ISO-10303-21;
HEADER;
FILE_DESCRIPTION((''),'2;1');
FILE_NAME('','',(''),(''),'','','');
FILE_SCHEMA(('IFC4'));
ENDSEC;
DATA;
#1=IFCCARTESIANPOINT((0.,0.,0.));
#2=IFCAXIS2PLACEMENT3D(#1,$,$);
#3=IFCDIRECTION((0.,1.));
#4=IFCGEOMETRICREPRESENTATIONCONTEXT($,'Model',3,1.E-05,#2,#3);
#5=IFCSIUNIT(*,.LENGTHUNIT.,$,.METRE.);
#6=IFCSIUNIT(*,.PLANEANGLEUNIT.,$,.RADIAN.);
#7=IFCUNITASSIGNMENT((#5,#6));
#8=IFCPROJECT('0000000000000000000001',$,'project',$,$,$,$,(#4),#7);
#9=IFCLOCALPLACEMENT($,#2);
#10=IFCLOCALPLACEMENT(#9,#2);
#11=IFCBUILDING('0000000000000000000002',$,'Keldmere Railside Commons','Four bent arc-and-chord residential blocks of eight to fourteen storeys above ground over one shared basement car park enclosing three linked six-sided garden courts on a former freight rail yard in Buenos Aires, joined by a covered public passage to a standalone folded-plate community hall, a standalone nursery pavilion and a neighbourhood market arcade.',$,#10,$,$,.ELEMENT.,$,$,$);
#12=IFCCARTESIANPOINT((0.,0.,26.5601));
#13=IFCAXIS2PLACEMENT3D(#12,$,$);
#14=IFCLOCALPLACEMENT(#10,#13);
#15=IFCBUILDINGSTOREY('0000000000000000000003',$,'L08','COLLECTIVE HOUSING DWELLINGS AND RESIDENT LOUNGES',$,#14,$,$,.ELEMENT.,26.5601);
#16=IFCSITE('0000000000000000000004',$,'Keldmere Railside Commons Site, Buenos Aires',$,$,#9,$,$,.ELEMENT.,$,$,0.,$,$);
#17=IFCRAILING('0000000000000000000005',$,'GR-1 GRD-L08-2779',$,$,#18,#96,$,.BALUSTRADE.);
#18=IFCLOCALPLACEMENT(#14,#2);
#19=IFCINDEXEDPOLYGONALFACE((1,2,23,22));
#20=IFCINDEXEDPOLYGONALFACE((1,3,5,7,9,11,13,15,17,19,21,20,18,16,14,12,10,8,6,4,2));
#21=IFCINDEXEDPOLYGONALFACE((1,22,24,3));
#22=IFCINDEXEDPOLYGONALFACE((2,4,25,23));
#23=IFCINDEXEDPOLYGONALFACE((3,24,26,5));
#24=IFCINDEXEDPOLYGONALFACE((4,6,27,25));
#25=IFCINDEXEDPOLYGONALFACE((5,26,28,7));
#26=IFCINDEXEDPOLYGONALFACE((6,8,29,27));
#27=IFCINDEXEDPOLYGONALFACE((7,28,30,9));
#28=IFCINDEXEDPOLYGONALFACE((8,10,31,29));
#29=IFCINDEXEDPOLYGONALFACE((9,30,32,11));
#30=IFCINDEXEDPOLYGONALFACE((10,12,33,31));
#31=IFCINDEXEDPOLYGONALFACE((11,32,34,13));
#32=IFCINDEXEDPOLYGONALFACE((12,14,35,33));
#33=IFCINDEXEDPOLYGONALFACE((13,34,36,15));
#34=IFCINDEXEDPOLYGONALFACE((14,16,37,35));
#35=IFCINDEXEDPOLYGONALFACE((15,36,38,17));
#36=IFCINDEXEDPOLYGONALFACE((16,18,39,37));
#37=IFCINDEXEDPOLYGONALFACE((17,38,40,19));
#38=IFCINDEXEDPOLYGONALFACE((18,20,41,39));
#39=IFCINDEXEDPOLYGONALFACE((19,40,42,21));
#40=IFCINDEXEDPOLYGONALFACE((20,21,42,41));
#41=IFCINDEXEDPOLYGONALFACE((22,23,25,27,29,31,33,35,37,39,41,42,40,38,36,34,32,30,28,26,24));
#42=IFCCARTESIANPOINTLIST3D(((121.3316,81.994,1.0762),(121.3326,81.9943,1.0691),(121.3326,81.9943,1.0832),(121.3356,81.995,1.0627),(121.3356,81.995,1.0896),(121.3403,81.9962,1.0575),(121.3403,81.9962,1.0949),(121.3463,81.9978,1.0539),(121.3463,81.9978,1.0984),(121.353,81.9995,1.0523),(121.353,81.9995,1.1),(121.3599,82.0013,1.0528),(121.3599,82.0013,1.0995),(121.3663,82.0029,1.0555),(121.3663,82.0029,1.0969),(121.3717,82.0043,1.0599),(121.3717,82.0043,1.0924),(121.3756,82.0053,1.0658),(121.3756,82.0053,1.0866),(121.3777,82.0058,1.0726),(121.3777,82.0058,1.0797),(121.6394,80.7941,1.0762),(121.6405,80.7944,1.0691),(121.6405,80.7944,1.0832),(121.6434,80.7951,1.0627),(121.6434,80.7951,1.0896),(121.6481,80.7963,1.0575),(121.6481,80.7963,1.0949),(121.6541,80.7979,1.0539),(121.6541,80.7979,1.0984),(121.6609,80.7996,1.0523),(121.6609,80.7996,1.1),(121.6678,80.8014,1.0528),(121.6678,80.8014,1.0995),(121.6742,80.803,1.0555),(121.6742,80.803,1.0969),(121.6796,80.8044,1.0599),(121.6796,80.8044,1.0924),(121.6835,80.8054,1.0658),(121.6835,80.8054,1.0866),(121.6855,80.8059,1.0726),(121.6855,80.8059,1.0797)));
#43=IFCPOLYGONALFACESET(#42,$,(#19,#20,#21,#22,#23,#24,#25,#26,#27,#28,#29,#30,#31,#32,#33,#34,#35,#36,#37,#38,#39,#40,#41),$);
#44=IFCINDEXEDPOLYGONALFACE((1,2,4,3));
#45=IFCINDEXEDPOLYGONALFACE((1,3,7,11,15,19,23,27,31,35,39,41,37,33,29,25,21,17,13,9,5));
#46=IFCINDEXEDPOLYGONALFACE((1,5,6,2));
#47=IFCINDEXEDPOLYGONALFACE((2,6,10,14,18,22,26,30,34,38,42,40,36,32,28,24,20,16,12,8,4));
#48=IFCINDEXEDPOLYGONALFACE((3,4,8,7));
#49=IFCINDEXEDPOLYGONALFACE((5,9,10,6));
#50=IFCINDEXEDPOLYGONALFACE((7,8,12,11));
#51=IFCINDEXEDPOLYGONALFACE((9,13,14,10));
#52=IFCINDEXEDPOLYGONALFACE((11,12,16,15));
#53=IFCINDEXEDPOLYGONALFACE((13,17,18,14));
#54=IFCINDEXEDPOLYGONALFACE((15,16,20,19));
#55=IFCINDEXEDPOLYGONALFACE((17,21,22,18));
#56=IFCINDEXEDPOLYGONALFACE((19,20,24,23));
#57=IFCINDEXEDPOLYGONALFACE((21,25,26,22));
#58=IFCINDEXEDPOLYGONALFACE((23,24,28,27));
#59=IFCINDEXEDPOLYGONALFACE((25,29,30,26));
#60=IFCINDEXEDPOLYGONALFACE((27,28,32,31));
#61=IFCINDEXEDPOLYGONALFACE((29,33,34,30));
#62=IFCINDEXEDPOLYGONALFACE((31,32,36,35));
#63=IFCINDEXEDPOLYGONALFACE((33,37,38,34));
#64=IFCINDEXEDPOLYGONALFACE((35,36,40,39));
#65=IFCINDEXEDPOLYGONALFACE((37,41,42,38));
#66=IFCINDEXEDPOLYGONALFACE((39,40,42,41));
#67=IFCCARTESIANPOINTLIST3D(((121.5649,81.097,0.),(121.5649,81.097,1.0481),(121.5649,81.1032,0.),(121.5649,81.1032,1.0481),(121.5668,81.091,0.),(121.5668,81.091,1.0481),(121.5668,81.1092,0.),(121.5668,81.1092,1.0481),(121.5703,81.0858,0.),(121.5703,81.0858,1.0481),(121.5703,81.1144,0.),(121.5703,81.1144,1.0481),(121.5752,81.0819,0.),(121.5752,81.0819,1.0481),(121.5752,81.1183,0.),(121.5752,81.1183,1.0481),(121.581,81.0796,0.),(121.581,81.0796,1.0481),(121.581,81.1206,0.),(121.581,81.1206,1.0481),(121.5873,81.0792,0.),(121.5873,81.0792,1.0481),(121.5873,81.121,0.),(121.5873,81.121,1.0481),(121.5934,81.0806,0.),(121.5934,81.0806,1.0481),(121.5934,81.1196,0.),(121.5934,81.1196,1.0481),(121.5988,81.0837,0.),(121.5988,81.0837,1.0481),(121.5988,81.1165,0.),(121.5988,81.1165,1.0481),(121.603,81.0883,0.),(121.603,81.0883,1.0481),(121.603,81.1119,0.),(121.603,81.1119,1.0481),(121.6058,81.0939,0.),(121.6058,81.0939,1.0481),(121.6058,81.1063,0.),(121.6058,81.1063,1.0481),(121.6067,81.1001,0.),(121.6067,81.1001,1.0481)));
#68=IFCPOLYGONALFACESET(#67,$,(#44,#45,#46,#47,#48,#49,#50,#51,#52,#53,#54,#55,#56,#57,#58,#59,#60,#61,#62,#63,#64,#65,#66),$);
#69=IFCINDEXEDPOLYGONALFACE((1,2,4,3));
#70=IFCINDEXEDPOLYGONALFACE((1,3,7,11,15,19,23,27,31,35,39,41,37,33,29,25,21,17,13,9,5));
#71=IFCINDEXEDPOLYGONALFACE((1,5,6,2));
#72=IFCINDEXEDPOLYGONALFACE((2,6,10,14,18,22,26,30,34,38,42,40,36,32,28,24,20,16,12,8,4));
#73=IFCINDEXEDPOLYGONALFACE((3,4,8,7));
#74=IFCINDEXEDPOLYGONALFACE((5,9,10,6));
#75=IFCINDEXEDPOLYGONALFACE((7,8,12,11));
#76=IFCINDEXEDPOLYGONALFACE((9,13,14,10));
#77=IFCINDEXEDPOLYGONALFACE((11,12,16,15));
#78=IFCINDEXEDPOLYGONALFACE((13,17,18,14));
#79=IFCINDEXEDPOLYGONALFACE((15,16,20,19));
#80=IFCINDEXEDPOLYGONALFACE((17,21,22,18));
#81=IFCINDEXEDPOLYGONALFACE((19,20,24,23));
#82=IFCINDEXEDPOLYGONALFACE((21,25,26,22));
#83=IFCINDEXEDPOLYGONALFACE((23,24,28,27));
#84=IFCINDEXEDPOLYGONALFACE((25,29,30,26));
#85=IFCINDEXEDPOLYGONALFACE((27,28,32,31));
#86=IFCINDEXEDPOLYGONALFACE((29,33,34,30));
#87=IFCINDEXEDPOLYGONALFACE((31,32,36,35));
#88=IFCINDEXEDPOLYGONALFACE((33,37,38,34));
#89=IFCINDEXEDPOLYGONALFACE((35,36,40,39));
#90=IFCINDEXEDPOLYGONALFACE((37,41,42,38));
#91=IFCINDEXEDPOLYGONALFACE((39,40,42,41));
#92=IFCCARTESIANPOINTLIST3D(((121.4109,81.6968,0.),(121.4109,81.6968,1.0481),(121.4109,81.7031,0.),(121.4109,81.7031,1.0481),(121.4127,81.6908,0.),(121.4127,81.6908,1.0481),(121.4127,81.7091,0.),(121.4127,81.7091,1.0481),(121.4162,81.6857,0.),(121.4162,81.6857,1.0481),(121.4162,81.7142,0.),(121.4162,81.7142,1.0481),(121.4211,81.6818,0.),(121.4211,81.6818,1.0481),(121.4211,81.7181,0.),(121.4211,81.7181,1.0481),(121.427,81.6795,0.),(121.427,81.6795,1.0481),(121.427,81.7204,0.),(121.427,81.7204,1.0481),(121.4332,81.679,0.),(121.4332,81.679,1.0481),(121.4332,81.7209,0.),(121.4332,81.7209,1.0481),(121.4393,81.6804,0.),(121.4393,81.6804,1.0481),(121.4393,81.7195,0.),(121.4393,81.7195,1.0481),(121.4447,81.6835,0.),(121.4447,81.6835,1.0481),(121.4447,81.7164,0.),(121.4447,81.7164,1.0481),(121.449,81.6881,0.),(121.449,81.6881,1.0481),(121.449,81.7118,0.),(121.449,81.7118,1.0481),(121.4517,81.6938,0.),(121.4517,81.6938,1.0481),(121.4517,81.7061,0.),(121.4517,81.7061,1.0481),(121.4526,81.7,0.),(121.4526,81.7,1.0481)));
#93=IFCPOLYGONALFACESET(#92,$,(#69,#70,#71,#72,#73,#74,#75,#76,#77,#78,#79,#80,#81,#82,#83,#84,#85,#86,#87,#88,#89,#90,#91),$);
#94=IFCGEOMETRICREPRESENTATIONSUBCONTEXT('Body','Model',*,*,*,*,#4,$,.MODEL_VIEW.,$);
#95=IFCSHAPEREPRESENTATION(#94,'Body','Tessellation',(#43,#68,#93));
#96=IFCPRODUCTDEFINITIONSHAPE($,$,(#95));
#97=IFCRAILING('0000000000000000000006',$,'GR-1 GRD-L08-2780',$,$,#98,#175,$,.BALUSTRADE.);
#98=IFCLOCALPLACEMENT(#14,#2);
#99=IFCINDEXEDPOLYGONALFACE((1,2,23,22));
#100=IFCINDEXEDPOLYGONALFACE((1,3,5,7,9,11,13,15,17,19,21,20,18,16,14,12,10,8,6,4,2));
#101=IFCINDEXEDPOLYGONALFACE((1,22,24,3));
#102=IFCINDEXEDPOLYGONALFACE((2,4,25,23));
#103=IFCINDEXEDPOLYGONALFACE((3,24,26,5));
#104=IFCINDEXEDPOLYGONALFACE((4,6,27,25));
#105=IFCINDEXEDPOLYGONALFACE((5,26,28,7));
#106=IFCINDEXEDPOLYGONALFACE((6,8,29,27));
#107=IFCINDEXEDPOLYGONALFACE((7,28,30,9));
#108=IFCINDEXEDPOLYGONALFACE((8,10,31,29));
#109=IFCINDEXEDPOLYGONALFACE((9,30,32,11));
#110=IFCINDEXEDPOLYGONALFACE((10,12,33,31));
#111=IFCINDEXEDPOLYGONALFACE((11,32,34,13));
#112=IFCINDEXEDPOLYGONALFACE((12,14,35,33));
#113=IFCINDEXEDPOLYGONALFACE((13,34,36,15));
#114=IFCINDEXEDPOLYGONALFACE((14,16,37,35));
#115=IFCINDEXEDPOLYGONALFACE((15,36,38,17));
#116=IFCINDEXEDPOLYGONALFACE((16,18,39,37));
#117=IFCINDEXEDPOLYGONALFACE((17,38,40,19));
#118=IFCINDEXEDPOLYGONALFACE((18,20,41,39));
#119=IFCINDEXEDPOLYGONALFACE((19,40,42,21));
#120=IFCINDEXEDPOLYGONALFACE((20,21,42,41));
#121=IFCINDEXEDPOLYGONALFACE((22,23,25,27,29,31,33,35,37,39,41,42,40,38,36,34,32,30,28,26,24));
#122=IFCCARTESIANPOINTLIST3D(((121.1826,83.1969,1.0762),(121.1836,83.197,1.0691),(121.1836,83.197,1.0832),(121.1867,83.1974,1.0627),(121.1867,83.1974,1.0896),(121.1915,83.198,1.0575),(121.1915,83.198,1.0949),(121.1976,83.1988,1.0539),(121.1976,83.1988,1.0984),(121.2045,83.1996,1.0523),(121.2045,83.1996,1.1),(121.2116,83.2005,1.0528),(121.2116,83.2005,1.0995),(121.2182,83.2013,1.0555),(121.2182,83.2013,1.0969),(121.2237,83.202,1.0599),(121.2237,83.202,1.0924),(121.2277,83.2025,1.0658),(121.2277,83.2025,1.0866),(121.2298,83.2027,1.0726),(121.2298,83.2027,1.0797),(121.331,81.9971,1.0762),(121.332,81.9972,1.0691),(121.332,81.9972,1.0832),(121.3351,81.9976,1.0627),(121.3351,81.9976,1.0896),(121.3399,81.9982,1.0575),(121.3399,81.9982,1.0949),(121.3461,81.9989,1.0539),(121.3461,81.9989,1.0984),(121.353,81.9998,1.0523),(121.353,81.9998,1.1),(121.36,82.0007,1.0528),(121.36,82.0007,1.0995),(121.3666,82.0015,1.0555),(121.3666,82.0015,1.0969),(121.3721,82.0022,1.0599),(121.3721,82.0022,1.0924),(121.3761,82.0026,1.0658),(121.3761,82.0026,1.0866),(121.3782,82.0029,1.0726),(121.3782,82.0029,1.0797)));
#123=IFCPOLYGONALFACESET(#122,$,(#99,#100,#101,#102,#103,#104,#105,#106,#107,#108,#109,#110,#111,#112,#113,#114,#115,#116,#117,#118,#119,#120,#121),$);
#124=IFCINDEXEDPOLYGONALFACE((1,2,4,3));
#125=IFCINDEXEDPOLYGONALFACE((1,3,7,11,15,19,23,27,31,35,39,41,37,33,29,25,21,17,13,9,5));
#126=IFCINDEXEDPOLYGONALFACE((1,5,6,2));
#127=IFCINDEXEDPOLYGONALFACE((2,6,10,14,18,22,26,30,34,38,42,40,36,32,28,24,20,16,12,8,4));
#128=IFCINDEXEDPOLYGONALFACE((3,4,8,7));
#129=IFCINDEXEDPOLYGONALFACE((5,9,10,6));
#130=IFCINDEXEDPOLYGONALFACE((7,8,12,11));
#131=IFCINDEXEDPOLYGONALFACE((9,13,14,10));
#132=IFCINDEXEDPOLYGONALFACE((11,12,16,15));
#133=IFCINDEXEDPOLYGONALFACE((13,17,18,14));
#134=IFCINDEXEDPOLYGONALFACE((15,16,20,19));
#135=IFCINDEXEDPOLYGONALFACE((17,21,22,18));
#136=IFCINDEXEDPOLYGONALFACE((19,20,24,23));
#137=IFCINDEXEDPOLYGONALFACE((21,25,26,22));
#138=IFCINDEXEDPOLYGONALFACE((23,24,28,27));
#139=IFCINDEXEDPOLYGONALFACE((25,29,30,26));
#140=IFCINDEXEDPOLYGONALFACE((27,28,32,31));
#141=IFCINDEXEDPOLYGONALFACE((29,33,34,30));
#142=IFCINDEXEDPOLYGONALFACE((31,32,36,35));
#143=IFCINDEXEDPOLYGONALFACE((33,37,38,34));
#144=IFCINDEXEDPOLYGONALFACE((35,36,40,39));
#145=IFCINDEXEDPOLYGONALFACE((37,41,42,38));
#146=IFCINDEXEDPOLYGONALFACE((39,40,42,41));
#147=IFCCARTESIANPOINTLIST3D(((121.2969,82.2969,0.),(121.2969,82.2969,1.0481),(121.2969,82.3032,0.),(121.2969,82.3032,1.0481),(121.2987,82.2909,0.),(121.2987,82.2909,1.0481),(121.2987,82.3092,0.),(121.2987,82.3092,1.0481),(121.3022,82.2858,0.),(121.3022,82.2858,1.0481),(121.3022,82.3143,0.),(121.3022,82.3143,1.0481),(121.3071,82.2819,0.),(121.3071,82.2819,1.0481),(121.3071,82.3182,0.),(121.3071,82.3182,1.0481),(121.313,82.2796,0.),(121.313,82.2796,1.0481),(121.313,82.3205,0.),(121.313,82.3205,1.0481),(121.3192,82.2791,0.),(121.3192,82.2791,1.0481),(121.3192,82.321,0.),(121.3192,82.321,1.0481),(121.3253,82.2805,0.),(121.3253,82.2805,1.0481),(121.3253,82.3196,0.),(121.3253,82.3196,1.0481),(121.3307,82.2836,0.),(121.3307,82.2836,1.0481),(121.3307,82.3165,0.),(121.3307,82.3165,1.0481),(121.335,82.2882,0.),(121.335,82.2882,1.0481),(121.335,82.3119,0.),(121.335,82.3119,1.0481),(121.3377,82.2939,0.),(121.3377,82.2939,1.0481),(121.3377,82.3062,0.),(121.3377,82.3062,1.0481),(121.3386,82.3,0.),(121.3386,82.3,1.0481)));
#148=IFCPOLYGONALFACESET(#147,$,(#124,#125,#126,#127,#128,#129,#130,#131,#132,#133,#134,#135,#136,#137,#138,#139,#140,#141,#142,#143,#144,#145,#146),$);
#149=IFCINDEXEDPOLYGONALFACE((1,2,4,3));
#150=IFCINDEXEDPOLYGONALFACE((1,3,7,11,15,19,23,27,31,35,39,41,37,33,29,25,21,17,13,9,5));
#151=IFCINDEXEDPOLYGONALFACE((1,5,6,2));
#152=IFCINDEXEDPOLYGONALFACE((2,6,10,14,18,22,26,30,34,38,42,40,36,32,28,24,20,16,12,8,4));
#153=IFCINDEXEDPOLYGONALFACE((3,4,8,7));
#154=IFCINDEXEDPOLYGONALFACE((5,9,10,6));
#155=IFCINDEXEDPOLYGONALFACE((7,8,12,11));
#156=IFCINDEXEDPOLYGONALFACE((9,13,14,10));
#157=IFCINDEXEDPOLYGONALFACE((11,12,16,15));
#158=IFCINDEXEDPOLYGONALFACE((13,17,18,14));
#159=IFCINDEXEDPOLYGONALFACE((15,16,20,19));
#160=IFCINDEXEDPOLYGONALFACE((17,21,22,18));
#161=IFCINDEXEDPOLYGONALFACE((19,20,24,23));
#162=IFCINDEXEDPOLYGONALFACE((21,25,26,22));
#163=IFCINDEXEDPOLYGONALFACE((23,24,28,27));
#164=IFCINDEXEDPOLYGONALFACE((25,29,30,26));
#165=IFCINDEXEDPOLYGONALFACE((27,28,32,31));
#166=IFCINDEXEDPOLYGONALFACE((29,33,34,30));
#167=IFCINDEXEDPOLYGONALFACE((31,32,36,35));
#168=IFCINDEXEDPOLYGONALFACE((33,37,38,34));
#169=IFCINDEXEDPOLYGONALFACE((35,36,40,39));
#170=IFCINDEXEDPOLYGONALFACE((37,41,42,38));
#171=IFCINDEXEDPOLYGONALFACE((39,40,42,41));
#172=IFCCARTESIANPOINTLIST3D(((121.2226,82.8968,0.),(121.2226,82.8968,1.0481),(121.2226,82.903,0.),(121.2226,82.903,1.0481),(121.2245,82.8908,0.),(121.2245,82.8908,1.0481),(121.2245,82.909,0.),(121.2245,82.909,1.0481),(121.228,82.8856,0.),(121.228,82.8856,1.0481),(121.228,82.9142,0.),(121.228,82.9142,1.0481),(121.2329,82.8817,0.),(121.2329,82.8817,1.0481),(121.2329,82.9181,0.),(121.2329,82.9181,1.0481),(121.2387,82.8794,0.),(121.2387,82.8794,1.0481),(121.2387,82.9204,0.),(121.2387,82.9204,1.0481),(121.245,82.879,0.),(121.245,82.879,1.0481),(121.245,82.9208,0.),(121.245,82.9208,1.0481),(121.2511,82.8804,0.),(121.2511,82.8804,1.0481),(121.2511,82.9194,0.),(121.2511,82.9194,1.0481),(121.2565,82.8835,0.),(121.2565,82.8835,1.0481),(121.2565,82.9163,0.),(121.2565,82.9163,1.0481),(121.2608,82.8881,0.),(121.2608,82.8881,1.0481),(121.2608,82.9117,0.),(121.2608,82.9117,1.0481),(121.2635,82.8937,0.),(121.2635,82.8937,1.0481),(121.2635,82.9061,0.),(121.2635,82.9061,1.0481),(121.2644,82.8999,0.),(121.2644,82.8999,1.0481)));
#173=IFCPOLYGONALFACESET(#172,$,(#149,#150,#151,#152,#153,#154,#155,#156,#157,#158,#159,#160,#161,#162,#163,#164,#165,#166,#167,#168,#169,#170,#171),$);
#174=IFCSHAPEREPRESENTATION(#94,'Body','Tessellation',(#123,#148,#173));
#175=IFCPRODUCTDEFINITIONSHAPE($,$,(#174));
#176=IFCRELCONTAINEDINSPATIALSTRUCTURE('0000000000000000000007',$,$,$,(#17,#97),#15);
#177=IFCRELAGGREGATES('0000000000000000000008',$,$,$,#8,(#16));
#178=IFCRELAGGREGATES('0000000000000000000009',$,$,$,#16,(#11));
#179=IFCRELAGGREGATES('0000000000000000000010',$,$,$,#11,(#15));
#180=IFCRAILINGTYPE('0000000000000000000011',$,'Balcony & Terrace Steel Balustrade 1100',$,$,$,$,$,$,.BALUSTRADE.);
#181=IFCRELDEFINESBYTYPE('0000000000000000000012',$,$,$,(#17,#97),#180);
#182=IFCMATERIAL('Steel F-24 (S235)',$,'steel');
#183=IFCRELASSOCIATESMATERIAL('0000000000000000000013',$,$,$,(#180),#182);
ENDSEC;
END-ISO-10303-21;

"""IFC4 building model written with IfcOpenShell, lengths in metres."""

from ifc_helpers import new_model, si_unit, direction, frame, origin, origin_2d, place, context, subcontext, project, spatial, circle, extrude, material, type_object, element, save


model = new_model("IFC4")

# Units and contexts
model_context = context("Model", 3, precision=1e-05, world=origin(), true_north=direction((0.0, 1.0)))
body_context = subcontext(model_context, "Body", "Model", "MODEL_VIEW")
ifc_project = project(units=[si_unit("LENGTHUNIT", "METRE"), si_unit("PLANEANGLEUNIT", "RADIAN")], contexts=[model_context])

# Site, building, storey
site_placement = place(None, origin())
site = spatial("IfcSite", under=ifc_project, at=site_placement, Name="Keldmere Railside Commons Site, Buenos Aires", CompositionType="ELEMENT", RefElevation=0.0)
building_placement = place(site_placement, origin())
building = spatial("IfcBuilding", under=site, at=building_placement, Name="Keldmere Railside Commons", Description="Four bent arc-and-chord residential blocks of eight to fourteen storeys above ground over one shared basement car park enclosing three linked six-sided garden courts on a former freight rail yard in Buenos Aires, joined by a covered public passage to a standalone folded-plate community hall, a standalone nursery pavilion and a neighbourhood market arcade.", CompositionType="ELEMENT")
storey_placement = place(building_placement, frame((0.0, 0.0, 26.5601)))
storey = spatial("IfcBuildingStorey", under=building, at=storey_placement, Name="L08", Description="COLLECTIVE HOUSING DWELLINGS AND RESIDENT LOUNGES", CompositionType="ELEMENT", Elevation=26.5601)

# Railings
ifc_material_1 = material(Name="Steel F-24 (S235)", Category="steel")
railing_type = type_object("IfcRailingType", Name="Balcony & Terrace Steel Balustrade 1100", PredefinedType="BALUSTRADE", material=ifc_material_1)
railing_1_placement = place(storey_placement, frame((121.6626, 80.8, 0.0)))
element("IfcRailing", 1, at=railing_1_placement, inside=storey, type_object=railing_type, Name="GR-1 GRD-L08-2779", PredefinedType="BALUSTRADE", context=body_context, shape_type="SweptSolid", body=[
    extrude(circle(Radius=0.0239, at=origin_2d()), frame((0.0, 0.0, 1.0762), z_axis=(-0.248513, 0.968629, 0.0), x_axis=(-0.968629, -0.248513, 0.0)), (0.0, 0.0, 1.0), 1.2388),
    extrude(circle(Radius=0.021, at=origin_2d()), frame((-0.0769, 0.3, 0.0)), (0.0, 0.0, 1.0), 1.0481),
    extrude(circle(Radius=0.021, at=origin_2d()), frame((-0.231, 0.8999, 0.0)), (0.0, 0.0, 1.0), 1.0481),
])
railing_2_placement = place(storey_placement, frame((121.3547, 82.0, 0.0)))
element("IfcRailing", 2, at=railing_2_placement, inside=storey, type_object=railing_type, Name="GR-1 GRD-L08-2780", PredefinedType="BALUSTRADE", context=body_context, shape_type="SweptSolid", body=[
    extrude(circle(Radius=0.0239, at=origin_2d()), frame((0.0, 0.0, 1.0762), z_axis=(-0.122767, 0.992435, 0.0), x_axis=(-0.992435, -0.122767, 0.0)), (0.0, 0.0, 1.0), 1.209),
    extrude(circle(Radius=0.021, at=origin_2d()), frame((-0.0371, 0.3, 0.0)), (0.0, 0.0, 1.0), 1.0481),
    extrude(circle(Radius=0.021, at=origin_2d()), frame((-0.1113, 0.8999, 0.0)), (0.0, 0.0, 1.0), 1.0481),
])

save(model, "model.ifc")
